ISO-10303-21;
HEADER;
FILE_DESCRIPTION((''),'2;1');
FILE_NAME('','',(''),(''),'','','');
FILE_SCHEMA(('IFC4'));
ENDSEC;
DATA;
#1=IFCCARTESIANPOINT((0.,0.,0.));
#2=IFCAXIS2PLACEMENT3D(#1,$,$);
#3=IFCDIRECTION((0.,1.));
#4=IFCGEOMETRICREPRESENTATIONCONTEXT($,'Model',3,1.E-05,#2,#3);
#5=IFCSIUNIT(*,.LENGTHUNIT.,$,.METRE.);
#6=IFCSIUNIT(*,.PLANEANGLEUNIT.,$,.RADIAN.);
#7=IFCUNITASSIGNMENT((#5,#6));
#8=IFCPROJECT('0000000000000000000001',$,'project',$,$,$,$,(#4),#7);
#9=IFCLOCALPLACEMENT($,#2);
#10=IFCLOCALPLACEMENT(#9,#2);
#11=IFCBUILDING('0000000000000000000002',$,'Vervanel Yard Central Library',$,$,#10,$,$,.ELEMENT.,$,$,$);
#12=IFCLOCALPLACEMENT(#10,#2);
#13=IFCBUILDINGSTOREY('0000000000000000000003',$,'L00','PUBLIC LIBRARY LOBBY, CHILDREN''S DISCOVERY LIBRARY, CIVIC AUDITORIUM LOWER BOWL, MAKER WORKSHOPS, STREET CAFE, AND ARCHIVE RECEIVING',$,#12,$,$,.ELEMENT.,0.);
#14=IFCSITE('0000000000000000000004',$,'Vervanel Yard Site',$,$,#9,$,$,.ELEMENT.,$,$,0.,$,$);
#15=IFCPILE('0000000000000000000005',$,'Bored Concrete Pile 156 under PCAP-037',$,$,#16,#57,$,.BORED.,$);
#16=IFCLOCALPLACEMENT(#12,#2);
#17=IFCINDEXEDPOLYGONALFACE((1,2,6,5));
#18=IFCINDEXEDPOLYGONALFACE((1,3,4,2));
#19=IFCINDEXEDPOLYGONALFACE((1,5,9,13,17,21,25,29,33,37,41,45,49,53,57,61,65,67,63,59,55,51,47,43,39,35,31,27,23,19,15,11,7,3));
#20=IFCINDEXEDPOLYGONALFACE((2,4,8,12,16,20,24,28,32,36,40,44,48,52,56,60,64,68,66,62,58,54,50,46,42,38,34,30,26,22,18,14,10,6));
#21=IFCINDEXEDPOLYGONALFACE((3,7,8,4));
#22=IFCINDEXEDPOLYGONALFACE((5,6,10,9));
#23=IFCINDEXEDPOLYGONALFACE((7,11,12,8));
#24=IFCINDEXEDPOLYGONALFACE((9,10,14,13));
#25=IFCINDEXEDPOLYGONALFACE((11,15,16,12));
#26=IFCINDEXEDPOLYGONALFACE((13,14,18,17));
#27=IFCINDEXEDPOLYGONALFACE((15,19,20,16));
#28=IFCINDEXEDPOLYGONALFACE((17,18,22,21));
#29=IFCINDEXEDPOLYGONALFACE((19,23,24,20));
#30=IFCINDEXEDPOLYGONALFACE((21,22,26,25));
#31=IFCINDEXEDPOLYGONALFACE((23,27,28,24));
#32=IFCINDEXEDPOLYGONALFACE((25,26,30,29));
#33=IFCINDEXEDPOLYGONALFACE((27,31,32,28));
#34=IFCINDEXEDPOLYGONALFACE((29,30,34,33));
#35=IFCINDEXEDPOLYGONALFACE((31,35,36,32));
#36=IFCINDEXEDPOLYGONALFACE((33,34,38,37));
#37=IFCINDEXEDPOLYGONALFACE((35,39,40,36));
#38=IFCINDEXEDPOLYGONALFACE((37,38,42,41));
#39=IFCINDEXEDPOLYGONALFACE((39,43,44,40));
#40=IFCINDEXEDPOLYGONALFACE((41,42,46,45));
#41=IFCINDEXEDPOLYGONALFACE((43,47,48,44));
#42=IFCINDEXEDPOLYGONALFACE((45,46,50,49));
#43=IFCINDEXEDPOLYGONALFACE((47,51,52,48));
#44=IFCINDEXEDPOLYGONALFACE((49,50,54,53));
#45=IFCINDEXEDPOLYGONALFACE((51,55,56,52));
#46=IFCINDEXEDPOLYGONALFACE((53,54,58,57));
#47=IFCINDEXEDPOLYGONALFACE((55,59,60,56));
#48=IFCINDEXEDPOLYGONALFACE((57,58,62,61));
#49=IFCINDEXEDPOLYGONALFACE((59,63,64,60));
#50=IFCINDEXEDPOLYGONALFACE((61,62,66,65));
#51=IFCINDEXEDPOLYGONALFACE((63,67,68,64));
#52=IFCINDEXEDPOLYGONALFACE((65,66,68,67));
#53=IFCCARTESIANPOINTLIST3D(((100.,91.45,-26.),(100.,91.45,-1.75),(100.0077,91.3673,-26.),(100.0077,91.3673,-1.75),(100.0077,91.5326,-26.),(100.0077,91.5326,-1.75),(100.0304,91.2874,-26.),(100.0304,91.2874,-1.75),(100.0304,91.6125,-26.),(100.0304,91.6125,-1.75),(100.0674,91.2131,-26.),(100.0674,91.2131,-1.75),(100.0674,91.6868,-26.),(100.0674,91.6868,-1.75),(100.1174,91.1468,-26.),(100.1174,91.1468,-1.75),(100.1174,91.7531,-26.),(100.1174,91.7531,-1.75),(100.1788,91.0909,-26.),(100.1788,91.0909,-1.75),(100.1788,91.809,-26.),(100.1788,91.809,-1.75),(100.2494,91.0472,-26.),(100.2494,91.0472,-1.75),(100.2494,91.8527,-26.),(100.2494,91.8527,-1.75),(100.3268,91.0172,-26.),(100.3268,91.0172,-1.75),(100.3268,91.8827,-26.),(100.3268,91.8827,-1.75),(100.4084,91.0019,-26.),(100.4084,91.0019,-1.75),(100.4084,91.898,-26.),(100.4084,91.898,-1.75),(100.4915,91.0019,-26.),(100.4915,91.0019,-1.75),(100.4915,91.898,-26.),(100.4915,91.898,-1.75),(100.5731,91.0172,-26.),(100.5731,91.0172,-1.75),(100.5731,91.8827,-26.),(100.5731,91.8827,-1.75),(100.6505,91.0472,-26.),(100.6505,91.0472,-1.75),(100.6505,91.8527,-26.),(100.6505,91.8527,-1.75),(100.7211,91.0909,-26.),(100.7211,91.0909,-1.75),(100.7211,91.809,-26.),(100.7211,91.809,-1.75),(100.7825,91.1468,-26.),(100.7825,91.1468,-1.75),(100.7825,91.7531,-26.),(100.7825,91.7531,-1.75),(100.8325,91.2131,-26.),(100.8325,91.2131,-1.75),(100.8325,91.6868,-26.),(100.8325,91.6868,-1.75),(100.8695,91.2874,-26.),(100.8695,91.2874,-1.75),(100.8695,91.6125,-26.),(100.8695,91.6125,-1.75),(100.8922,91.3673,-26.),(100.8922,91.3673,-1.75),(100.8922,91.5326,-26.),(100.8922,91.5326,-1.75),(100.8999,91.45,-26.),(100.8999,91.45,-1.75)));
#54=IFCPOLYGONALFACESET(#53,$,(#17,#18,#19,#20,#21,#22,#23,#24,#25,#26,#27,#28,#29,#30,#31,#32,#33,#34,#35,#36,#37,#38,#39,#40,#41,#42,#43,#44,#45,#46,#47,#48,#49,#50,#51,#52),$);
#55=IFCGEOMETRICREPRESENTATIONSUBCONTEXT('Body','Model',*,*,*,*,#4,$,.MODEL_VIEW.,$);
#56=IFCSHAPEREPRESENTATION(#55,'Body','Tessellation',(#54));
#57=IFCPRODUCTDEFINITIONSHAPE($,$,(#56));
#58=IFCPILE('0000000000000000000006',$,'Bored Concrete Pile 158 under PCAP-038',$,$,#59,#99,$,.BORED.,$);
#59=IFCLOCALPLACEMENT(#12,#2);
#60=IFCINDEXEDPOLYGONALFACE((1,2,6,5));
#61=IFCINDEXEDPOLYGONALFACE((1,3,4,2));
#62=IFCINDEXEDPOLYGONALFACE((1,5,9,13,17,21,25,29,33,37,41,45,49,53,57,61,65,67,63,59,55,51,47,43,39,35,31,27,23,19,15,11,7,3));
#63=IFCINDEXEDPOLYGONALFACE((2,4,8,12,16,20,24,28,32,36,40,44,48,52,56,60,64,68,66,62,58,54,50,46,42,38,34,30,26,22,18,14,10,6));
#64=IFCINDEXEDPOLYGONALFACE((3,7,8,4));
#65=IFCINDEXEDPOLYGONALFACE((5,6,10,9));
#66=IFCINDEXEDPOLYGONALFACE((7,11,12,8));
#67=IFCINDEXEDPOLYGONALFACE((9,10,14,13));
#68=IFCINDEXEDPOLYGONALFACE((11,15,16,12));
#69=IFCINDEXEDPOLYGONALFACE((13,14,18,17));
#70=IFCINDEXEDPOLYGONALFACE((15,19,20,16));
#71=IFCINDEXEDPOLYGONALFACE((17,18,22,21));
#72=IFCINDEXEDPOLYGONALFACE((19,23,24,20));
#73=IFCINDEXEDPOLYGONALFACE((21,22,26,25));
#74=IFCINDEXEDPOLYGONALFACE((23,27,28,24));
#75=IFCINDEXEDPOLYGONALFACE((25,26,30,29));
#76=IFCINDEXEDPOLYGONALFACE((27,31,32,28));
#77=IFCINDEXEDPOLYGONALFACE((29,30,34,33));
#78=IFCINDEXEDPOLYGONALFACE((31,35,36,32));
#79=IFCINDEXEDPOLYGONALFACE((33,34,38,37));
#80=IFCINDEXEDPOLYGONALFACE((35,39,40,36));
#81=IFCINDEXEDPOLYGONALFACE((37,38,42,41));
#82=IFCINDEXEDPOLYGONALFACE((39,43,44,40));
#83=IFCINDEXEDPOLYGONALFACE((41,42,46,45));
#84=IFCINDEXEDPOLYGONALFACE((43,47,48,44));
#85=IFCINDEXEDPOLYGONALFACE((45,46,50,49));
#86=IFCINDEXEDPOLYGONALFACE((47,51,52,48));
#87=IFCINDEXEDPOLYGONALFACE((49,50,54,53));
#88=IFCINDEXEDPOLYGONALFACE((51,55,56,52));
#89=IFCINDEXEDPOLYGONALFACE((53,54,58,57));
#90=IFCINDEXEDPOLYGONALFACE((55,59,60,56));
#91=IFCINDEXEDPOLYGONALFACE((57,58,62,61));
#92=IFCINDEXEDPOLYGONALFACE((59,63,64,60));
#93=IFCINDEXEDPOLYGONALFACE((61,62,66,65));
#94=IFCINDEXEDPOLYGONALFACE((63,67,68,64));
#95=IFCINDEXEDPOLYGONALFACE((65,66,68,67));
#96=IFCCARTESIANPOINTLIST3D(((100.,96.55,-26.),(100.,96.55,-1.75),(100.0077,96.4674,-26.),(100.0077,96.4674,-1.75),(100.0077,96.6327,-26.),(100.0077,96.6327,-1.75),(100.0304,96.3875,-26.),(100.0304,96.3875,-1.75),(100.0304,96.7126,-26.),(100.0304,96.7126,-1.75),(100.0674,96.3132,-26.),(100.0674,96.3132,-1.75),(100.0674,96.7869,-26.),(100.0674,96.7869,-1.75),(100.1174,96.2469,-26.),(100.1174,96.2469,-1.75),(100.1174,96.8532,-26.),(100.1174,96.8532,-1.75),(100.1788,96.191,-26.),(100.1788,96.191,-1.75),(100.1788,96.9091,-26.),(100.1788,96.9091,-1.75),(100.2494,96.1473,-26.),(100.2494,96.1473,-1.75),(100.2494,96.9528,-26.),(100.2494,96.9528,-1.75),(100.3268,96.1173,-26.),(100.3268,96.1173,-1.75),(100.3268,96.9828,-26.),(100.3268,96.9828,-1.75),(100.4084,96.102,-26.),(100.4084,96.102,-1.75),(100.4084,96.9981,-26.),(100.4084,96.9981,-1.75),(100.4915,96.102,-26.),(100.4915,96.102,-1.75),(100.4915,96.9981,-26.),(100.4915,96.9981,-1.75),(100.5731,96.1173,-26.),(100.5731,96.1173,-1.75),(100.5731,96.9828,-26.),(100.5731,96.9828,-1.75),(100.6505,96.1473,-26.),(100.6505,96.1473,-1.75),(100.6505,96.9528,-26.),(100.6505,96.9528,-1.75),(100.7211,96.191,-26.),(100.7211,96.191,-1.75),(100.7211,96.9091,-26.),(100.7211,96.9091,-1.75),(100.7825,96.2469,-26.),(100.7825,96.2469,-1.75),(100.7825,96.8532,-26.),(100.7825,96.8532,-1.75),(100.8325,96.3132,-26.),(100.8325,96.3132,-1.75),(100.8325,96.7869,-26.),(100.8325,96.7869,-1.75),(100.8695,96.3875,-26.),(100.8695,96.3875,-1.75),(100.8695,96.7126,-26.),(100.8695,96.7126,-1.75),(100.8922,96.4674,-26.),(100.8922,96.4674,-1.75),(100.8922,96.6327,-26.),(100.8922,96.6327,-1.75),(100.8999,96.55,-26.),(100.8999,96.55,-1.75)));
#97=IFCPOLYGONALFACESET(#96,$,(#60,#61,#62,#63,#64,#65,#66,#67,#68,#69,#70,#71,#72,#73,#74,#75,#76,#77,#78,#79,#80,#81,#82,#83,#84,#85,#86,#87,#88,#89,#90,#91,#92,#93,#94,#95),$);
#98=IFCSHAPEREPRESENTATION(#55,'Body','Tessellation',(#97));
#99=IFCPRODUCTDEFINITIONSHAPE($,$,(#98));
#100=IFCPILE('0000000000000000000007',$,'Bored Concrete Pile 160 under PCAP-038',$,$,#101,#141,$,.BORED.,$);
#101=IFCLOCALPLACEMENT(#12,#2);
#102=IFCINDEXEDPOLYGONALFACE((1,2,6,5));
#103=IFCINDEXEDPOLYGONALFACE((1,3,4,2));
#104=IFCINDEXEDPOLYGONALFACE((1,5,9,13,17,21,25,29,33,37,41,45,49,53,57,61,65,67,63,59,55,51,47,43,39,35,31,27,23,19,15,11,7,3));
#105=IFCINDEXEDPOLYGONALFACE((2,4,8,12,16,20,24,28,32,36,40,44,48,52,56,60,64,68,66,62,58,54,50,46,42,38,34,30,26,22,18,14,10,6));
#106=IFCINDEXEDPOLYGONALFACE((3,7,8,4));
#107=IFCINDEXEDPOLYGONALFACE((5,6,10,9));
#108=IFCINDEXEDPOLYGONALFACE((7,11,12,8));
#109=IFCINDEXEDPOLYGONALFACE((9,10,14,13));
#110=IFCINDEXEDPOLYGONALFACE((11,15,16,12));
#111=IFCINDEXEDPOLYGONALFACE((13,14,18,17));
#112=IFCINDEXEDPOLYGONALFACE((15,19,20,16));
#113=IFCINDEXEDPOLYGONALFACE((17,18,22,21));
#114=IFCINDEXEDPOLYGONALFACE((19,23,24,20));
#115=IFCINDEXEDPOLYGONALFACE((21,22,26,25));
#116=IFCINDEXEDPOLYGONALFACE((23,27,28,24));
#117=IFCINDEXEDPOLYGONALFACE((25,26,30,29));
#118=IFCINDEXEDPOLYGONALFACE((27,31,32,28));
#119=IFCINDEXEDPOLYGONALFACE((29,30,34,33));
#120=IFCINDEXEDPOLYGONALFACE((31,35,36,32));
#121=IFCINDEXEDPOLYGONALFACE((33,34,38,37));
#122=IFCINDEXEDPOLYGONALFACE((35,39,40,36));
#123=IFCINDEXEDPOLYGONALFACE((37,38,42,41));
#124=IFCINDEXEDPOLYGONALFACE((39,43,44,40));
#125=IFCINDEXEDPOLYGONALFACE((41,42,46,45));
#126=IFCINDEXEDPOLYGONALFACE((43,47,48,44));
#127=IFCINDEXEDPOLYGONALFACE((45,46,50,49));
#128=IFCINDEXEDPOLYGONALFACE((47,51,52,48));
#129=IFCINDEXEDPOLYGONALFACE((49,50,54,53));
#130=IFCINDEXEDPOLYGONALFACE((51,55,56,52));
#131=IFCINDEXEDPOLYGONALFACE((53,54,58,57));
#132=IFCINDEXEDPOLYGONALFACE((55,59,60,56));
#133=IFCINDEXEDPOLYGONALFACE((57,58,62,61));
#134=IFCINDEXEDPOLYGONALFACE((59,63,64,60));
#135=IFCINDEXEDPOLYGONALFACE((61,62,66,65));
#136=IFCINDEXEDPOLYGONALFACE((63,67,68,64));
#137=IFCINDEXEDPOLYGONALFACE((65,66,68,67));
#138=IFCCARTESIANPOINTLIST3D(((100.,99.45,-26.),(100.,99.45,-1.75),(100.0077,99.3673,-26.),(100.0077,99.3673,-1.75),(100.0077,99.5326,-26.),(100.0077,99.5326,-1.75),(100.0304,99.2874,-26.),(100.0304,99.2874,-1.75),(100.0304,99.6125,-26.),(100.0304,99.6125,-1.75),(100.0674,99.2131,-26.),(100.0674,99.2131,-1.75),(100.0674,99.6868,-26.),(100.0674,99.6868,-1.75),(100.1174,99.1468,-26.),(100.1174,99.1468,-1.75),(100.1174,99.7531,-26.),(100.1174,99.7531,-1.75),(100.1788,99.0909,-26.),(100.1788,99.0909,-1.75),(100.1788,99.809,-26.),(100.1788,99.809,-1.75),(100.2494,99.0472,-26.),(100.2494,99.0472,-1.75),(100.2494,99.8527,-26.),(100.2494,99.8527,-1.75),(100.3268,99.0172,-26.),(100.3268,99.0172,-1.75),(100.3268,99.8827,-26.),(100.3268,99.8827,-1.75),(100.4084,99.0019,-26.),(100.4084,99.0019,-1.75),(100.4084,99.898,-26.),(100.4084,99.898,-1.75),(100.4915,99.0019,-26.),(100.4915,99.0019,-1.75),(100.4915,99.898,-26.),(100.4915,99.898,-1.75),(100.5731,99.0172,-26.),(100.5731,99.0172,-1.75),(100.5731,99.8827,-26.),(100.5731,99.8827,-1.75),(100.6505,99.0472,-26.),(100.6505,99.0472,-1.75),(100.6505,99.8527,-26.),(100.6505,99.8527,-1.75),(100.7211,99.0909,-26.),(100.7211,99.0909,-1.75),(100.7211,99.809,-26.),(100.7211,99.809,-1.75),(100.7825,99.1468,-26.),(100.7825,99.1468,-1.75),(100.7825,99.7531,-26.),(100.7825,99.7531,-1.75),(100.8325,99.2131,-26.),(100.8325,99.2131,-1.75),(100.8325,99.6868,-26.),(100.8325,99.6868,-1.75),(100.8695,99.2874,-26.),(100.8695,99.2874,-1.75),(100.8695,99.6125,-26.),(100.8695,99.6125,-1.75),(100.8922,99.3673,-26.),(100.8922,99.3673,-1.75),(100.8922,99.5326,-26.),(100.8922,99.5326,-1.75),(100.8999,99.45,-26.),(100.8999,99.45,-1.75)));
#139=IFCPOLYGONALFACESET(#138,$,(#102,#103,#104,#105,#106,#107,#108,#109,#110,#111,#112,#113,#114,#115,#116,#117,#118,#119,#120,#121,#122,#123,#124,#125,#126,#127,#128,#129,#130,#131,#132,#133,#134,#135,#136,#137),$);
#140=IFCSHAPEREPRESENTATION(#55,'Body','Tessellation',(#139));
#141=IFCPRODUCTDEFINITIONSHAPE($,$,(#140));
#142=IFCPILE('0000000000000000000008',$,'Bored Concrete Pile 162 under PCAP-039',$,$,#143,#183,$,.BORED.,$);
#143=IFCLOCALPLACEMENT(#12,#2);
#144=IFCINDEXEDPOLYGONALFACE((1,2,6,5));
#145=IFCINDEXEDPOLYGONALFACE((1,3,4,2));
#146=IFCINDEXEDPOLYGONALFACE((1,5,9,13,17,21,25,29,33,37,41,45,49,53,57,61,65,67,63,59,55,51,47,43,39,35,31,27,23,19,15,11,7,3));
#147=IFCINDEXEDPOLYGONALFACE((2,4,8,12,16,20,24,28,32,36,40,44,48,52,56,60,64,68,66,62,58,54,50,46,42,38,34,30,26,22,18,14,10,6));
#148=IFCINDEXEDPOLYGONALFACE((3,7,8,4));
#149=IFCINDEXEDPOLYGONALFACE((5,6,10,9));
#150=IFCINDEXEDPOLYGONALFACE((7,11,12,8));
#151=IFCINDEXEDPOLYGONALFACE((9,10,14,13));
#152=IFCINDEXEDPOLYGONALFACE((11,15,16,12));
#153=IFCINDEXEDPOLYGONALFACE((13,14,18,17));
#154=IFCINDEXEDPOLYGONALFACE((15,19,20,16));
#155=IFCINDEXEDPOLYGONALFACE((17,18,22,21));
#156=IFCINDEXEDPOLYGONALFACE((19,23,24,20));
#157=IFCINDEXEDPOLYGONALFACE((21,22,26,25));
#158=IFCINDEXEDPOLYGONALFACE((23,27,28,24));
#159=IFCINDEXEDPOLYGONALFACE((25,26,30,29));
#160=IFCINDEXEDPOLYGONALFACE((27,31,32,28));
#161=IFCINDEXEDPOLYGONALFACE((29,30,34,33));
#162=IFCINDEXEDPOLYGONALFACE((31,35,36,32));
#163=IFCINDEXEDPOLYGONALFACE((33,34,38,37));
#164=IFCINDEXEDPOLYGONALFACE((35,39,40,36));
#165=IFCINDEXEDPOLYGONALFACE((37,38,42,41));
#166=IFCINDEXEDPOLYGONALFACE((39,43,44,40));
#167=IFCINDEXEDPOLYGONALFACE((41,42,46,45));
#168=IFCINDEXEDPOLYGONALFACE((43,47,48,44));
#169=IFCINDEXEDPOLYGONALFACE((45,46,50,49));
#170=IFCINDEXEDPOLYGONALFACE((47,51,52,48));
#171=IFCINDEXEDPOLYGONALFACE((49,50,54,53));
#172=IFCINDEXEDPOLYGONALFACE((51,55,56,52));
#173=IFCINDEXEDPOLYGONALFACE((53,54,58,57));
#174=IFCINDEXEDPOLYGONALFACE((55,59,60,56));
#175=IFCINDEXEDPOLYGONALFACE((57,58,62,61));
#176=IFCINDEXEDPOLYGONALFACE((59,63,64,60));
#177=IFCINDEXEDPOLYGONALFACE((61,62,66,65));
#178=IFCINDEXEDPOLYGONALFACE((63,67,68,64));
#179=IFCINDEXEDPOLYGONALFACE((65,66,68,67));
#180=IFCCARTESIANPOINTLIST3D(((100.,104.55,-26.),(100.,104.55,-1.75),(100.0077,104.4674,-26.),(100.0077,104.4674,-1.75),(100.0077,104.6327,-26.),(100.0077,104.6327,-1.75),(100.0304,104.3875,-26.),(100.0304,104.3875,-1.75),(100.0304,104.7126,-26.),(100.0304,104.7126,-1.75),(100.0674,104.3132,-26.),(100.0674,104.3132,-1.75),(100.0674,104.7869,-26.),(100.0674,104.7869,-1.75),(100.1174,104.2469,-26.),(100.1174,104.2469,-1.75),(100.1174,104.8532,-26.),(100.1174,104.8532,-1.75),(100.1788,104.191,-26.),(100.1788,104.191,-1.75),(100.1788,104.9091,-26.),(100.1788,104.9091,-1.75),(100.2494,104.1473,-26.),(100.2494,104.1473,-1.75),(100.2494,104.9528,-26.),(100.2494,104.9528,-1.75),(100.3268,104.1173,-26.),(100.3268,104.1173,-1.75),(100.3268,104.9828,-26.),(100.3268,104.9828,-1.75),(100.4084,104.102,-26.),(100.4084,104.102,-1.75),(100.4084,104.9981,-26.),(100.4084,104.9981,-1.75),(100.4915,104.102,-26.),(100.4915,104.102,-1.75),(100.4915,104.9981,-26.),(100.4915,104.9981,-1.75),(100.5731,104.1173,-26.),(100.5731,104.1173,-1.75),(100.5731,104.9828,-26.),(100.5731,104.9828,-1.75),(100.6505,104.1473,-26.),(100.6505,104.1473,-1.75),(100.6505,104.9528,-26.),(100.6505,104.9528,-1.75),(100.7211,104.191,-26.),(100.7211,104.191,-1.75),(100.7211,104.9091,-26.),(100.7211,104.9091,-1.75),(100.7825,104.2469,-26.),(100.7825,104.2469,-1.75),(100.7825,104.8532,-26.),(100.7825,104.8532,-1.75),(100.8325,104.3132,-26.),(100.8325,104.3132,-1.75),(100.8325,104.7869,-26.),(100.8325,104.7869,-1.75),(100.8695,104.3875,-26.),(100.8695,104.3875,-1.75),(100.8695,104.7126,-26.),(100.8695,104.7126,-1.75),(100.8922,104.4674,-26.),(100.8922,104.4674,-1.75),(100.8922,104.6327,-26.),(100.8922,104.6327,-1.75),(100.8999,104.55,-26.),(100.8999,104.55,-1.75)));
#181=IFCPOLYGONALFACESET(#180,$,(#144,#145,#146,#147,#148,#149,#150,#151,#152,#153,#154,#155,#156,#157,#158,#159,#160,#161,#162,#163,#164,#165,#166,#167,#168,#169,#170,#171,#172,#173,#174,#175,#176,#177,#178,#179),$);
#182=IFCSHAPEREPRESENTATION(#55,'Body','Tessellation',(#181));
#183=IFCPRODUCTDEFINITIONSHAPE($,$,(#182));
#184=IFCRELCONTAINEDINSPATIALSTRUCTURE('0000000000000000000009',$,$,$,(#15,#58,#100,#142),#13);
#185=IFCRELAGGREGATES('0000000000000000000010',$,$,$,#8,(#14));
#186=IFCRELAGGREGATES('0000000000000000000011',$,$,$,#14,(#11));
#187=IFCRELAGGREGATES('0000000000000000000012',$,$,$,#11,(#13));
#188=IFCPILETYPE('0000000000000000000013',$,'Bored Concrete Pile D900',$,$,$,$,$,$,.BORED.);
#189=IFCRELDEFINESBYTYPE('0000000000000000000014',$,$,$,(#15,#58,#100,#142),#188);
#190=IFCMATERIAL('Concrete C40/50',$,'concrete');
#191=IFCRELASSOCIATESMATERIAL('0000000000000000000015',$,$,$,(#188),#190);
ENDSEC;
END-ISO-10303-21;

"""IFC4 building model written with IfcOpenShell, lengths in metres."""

from ifc_helpers import new_model, si_unit, direction, frame, origin, origin_2d, place, context, subcontext, project, spatial, circle, extrude, material, material_profile, profile_set, type_object, element, save


model = new_model("IFC4")

# Units and contexts
model_context = context("Model", 3, precision=1e-05, world=origin(), true_north=direction((0.0, 1.0)))
body_context = subcontext(model_context, "Body", "Model", "MODEL_VIEW")
ifc_project = project(units=[si_unit("LENGTHUNIT", "METRE"), si_unit("PLANEANGLEUNIT", "RADIAN")], contexts=[model_context])

# Site, building, storey
site_placement = place(None, origin())
site = spatial("IfcSite", under=ifc_project, at=site_placement, Name="Vervanel Yard Site", CompositionType="ELEMENT", RefElevation=0.0)
building_placement = place(site_placement, origin())
building = spatial("IfcBuilding", under=site, at=building_placement, Name="Vervanel Yard Central Library", CompositionType="ELEMENT")
storey_placement = place(building_placement, origin())
storey = spatial("IfcBuildingStorey", under=building, at=storey_placement, Name="L00", Description="PUBLIC LIBRARY LOBBY, CHILDREN'S DISCOVERY LIBRARY, CIVIC AUDITORIUM LOWER BOWL, MAKER WORKSHOPS, STREET CAFE, AND ARCHIVE RECEIVING", CompositionType="ELEMENT", Elevation=0.0)

# Piles
ifc_material_1 = material(Name="Concrete C40/50", Category="concrete")
ifc_material_profile_1 = material_profile(ifc_material_1, circle(Radius=0.45, at=origin_2d()), Name="BP D900", Category="concrete")
ifc_profile_set_1 = profile_set([ifc_material_profile_1], Name="Concrete C40/50")
pile_type = type_object("IfcPileType", Name="Bored Concrete Pile D900", PredefinedType="BORED", material=ifc_profile_set_1)
for number, where, z_axis, x_axis, name in (
    (1, (100.45, 91.45, -1.75), (0.0, 0.0, -1.0), (1.0, 0.0, 0.0), "Bored Concrete Pile 156 under PCAP-037"),
    (2, (100.45, 96.55, -1.75), (0.0, 0.0, -1.0), (1.0, 0.0, 0.0), "Bored Concrete Pile 158 under PCAP-038"),
    (3, (100.45, 99.45, -1.75), (0.0, 0.0, -1.0), (1.0, 0.0, 0.0), "Bored Concrete Pile 160 under PCAP-038"),
    (4, (100.45, 104.55, -1.75), (0.0, 0.0, -1.0), (1.0, 0.0, 0.0), "Bored Concrete Pile 162 under PCAP-039"),
):
    element("IfcPile", number, at=place(storey_placement, frame(where, z_axis=z_axis, x_axis=x_axis)), inside=storey, type_object=pile_type, Name=name, PredefinedType="BORED", context=body_context, shape_type="SweptSolid", body=[
        extrude(circle(Radius=0.45, at=origin_2d()), origin(), (0.0, 0.0, 1.0), 24.25),
    ])

save(model, "model.ifc")
